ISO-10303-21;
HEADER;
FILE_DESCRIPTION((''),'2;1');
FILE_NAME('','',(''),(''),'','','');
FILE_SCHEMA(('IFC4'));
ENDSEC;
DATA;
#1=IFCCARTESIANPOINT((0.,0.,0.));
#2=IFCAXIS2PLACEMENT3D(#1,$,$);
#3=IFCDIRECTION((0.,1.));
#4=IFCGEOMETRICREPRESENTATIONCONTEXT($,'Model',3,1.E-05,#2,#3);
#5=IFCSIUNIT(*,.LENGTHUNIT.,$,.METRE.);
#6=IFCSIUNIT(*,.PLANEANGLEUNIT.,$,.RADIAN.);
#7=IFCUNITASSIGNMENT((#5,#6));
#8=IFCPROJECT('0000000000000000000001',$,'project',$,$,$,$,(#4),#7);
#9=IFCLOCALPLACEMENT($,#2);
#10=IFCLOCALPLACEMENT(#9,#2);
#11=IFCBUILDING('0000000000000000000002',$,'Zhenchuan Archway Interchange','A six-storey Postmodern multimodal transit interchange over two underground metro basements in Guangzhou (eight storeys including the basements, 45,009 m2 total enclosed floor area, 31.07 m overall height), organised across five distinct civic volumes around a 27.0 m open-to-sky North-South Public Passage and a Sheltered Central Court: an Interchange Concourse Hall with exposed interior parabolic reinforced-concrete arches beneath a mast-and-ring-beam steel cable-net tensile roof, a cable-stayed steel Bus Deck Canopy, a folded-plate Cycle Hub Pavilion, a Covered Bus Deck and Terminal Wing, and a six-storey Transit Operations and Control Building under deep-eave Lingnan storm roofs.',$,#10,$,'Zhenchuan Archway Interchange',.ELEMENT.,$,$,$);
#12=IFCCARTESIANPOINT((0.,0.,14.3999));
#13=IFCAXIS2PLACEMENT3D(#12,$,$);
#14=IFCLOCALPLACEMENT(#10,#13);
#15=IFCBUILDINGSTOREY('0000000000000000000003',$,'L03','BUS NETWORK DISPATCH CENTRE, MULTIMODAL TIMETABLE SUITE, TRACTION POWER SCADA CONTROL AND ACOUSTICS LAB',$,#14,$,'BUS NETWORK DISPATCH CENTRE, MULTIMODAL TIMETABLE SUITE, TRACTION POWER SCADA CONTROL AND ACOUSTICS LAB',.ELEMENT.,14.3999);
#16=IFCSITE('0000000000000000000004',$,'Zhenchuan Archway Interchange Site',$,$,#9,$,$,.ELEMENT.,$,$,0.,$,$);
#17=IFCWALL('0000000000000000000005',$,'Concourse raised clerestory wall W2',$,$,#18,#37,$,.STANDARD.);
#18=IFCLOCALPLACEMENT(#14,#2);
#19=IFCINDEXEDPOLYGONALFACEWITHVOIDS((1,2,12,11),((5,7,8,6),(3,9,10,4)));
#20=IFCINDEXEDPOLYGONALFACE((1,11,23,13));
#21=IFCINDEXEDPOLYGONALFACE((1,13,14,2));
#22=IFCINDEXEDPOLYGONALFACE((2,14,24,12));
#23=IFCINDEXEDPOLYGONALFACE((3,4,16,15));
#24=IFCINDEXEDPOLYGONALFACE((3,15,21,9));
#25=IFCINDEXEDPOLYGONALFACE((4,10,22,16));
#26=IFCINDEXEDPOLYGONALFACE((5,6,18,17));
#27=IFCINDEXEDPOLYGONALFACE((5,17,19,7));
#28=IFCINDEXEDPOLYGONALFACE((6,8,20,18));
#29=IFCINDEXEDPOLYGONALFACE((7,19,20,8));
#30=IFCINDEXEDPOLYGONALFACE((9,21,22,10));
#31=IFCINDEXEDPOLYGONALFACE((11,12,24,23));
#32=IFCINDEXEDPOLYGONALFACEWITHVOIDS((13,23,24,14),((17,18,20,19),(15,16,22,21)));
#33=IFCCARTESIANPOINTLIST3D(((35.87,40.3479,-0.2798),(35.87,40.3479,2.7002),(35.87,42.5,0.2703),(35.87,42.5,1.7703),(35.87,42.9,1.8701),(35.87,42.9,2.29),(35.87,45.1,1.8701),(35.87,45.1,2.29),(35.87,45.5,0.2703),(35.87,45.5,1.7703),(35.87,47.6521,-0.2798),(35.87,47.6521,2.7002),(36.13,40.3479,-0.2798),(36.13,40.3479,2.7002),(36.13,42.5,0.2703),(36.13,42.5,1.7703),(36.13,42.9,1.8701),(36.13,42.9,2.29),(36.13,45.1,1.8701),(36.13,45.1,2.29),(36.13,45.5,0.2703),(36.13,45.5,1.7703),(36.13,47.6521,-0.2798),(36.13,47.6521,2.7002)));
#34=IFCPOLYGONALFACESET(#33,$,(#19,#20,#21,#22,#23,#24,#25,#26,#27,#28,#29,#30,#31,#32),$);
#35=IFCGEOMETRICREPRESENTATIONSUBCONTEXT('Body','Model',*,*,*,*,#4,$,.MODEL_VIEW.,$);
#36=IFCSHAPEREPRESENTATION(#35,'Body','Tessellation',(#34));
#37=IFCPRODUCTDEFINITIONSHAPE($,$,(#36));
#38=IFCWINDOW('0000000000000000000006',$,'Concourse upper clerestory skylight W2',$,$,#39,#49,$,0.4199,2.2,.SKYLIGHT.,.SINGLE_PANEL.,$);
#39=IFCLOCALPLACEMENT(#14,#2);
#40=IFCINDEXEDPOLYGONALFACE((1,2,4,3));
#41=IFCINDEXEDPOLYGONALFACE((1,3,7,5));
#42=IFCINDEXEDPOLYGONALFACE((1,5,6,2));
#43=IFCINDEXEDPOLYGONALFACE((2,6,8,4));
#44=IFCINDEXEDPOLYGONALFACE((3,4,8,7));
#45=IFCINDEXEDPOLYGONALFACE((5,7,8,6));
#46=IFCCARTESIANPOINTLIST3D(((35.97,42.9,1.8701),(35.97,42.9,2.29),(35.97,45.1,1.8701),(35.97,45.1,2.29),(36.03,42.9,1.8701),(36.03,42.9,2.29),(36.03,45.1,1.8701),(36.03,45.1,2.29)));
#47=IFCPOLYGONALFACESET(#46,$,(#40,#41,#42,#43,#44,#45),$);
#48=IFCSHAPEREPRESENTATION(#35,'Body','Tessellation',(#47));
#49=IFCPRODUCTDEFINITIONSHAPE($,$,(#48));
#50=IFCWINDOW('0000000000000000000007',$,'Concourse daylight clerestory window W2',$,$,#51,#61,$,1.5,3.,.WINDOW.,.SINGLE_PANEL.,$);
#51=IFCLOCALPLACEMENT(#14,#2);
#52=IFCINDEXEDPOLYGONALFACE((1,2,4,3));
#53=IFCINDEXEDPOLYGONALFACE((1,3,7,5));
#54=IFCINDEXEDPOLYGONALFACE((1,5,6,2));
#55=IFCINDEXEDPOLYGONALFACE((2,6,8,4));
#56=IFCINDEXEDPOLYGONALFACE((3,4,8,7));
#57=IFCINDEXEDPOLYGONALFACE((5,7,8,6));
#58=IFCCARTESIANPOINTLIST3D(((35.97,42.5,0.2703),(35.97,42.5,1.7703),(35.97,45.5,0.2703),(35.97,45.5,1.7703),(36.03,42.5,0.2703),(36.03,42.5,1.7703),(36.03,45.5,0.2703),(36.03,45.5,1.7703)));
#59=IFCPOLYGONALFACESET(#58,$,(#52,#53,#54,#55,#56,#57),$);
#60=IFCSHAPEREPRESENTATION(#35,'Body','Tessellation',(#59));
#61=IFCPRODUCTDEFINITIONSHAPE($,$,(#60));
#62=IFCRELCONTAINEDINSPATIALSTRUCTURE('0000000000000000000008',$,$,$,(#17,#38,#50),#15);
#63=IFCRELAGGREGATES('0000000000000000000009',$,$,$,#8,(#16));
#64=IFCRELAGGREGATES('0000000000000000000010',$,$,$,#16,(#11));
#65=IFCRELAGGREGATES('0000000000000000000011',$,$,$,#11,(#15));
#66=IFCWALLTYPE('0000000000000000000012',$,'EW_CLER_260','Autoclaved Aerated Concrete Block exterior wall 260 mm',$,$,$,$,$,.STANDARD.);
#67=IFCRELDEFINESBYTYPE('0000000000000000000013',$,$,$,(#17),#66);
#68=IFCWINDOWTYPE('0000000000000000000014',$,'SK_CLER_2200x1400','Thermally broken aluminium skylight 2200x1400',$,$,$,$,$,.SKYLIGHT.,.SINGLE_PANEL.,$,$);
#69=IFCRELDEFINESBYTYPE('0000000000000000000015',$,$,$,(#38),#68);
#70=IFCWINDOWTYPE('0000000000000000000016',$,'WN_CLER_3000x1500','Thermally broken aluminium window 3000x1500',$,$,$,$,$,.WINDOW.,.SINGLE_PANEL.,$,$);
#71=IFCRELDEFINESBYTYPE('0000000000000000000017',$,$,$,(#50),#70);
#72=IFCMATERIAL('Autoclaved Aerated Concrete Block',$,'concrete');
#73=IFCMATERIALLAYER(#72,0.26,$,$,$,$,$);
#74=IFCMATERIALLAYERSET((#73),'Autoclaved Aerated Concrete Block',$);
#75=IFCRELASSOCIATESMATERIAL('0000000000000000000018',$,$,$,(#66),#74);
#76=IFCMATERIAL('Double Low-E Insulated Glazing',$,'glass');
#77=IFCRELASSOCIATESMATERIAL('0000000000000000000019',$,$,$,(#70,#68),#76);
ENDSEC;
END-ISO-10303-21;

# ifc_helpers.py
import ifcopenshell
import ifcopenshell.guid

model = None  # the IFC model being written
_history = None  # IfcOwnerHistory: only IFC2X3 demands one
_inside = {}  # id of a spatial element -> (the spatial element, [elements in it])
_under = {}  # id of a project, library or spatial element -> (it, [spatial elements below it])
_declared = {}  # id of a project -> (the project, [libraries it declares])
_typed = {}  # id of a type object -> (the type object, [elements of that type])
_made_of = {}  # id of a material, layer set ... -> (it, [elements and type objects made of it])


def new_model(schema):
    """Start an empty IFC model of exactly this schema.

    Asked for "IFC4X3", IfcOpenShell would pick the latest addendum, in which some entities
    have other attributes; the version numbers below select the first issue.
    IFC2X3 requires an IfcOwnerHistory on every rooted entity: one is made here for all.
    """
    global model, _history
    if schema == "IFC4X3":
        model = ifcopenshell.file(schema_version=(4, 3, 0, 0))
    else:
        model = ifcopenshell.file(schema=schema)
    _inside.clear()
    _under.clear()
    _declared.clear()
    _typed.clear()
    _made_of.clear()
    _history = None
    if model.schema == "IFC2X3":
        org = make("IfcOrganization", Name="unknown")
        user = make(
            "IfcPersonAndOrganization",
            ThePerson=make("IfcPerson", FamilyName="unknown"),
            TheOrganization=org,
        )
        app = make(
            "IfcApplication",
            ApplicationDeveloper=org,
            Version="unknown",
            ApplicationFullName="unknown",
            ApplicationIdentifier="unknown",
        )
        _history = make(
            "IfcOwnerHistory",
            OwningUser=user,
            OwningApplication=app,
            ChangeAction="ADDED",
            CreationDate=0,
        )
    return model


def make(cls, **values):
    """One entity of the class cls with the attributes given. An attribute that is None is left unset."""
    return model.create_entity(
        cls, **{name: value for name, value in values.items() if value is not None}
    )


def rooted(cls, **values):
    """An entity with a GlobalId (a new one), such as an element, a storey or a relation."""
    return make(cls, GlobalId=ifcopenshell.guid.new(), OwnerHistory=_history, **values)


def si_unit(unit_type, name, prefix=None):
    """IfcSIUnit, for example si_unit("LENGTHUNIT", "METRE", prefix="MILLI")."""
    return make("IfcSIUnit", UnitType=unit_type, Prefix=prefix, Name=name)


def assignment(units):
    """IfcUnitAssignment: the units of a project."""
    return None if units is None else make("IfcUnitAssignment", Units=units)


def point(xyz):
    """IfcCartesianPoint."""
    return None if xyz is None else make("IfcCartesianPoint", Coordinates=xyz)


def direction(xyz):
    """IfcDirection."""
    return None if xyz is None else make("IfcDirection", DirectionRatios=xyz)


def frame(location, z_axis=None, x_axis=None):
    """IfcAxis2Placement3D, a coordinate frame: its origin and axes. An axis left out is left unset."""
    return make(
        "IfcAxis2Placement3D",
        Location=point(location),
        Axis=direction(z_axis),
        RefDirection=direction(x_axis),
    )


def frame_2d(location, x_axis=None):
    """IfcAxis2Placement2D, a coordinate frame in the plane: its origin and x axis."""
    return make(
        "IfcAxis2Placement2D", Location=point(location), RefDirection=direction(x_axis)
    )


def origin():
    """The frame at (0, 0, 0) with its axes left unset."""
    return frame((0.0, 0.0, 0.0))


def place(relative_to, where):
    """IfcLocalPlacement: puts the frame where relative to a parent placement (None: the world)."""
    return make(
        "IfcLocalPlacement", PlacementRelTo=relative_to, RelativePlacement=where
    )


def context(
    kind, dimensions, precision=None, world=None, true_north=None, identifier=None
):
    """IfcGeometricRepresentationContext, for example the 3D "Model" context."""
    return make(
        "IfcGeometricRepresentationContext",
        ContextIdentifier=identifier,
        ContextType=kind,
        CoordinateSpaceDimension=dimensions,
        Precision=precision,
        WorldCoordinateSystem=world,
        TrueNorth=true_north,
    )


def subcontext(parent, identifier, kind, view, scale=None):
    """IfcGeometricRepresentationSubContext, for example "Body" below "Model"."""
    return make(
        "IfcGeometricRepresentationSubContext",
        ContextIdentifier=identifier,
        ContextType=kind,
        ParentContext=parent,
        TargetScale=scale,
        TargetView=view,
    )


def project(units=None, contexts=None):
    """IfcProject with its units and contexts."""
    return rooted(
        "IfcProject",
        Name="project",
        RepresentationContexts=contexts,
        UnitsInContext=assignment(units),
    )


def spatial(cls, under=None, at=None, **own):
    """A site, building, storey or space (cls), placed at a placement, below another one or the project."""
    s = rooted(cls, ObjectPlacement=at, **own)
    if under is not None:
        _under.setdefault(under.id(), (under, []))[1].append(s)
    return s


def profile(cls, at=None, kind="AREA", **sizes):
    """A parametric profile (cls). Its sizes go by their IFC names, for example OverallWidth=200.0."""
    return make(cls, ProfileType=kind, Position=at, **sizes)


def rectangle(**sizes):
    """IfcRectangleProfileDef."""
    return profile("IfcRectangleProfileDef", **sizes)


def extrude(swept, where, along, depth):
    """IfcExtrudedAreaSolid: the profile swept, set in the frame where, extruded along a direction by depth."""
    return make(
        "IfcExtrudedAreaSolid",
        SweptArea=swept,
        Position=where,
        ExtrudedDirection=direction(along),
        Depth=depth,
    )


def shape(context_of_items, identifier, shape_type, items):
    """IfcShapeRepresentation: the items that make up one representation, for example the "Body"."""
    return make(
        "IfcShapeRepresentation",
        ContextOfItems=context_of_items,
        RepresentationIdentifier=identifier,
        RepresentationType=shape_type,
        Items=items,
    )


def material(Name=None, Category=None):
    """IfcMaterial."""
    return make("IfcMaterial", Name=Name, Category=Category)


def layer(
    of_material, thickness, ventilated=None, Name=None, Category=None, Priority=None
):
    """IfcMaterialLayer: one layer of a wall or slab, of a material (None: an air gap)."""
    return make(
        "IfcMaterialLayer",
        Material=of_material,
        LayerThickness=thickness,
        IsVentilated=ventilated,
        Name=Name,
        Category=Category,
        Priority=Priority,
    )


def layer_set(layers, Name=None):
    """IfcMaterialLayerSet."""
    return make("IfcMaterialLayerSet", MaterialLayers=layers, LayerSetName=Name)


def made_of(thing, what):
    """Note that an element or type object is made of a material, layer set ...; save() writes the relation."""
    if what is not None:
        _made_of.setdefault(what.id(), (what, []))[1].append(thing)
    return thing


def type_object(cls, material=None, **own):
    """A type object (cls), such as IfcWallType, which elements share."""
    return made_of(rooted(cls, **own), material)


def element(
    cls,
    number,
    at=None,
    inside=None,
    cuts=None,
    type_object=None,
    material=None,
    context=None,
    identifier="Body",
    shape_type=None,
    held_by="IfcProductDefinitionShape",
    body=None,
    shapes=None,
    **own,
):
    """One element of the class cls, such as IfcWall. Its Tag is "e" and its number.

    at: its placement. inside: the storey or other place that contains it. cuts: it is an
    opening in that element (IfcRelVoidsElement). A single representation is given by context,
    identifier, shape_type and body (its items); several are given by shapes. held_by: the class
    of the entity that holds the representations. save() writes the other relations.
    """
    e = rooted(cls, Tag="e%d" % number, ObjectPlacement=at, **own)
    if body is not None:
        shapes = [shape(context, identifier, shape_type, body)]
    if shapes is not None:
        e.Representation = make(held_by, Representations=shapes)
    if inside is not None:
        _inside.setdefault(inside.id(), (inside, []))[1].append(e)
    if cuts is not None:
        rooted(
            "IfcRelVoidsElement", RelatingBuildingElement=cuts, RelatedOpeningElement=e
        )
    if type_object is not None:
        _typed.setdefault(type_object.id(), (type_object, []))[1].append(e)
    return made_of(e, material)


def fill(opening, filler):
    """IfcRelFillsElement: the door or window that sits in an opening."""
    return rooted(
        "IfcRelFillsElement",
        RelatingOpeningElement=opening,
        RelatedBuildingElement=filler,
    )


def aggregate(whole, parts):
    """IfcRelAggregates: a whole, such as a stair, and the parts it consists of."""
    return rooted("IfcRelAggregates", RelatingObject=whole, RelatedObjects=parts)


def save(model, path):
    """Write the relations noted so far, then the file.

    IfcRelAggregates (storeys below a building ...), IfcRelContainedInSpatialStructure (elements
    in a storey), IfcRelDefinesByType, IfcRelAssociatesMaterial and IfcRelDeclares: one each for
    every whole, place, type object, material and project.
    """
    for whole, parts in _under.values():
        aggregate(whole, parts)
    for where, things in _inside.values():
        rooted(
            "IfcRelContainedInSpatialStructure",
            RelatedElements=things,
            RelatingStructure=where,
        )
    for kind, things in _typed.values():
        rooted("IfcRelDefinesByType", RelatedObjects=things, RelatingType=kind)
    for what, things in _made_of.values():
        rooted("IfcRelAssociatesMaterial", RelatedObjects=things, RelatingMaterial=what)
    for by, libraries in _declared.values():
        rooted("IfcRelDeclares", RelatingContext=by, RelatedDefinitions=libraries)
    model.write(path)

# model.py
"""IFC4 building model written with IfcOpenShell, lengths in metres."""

from ifc_helpers import new_model, si_unit, direction, frame, frame_2d, origin, place, context, subcontext, project, spatial, rectangle, extrude, material, layer, layer_set, type_object, element, fill, save


model = new_model("IFC4")

# Units and contexts
model_context = context("Model", 3, precision=1e-05, world=origin(), true_north=direction((0.0, 1.0)))
body_context = subcontext(model_context, "Body", "Model", "MODEL_VIEW")
ifc_project = project(units=[si_unit("LENGTHUNIT", "METRE"), si_unit("PLANEANGLEUNIT", "RADIAN")], contexts=[model_context])

# Site, building, storey
site_placement = place(None, origin())
site = spatial("IfcSite", under=ifc_project, at=site_placement, Name="Zhenchuan Archway Interchange Site", CompositionType="ELEMENT", RefElevation=0.0)
building_placement = place(site_placement, origin())
building = spatial("IfcBuilding", under=site, at=building_placement, Name="Zhenchuan Archway Interchange", Description="A six-storey Postmodern multimodal transit interchange over two underground metro basements in Guangzhou (eight storeys including the basements, 45,009 m2 total enclosed floor area, 31.07 m overall height), organised across five distinct civic volumes around a 27.0 m open-to-sky North-South Public Passage and a Sheltered Central Court: an Interchange Concourse Hall with exposed interior parabolic reinforced-concrete arches beneath a mast-and-ring-beam steel cable-net tensile roof, a cable-stayed steel Bus Deck Canopy, a folded-plate Cycle Hub Pavilion, a Covered Bus Deck and Terminal Wing, and a six-storey Transit Operations and Control Building under deep-eave Lingnan storm roofs.", LongName="Zhenchuan Archway Interchange", CompositionType="ELEMENT")
storey_placement = place(building_placement, frame((0.0, 0.0, 14.3999)))
storey = spatial("IfcBuildingStorey", under=building, at=storey_placement, Name="L03", Description="BUS NETWORK DISPATCH CENTRE, MULTIMODAL TIMETABLE SUITE, TRACTION POWER SCADA CONTROL AND ACOUSTICS LAB", LongName="BUS NETWORK DISPATCH CENTRE, MULTIMODAL TIMETABLE SUITE, TRACTION POWER SCADA CONTROL AND ACOUSTICS LAB", CompositionType="ELEMENT", Elevation=14.3999)

# Shared definitions
ifc_material_1 = material(Name="Double Low-E Insulated Glazing", Category="glass")

# Wall, openings, windows
ifc_material_2 = material(Name="Autoclaved Aerated Concrete Block", Category="concrete")
ifc_layer_1 = layer(ifc_material_2, 0.26)
ifc_layer_set_1 = layer_set([ifc_layer_1], Name="Autoclaved Aerated Concrete Block")
wall_type = type_object("IfcWallType", Name="EW_CLER_260", Description="Autoclaved Aerated Concrete Block exterior wall 260 mm", PredefinedType="STANDARD", material=ifc_layer_set_1)
window_type_1 = type_object("IfcWindowType", Name="WN_CLER_3000x1500", Description="Thermally broken aluminium window 3000x1500", PartitioningType="SINGLE_PANEL", PredefinedType="WINDOW", material=ifc_material_1)
wall_1_placement = place(storey_placement, frame((36.0, 40.3479, -0.2798), z_axis=(0.0, 0.0, 1.0), x_axis=(0.0, 1.0, 0.0)))
wall_1 = element("IfcWall", 1, at=wall_1_placement, inside=storey, type_object=wall_type, Name="Concourse raised clerestory wall W2", PredefinedType="STANDARD", context=body_context, shape_type="SweptSolid", body=[
    extrude(rectangle(XDim=7.3042, YDim=0.26, at=frame_2d((3.6521, 0.0))), origin(), (0.0, 0.0, 1.0), 2.98),
])
opening_1_placement = place(wall_1_placement, frame((2.1521, 0.0, 0.55)))
opening_1 = element("IfcOpeningElement", 2, at=opening_1_placement, cuts=wall_1, PredefinedType="OPENING", context=body_context, shape_type="SweptSolid", body=[
    extrude(rectangle(XDim=3.0, YDim=1.5, at=frame_2d((1.5, 0.75))), frame((0.0, 0.1421, 0.0), z_axis=(0.0, -1.0, 0.0), x_axis=(1.0, 0.0, 0.0)), (0.0, 0.0, 1.0), 0.2839),
])
opening_2_placement = place(wall_1_placement, frame((2.552, 0.0, 2.1499)))
opening_2 = element("IfcOpeningElement", 3, at=opening_2_placement, cuts=wall_1, PredefinedType="OPENING", context=body_context, shape_type="SweptSolid", body=[
    extrude(rectangle(XDim=2.2, YDim=0.4199, at=frame_2d((1.1001, 0.21))), frame((0.0, 0.1421, 0.0), z_axis=(0.0, -1.0, 0.0), x_axis=(1.0, 0.0, 0.0)), (0.0, 0.0, 1.0), 0.2839),
])
window_type_2 = type_object("IfcWindowType", Name="SK_CLER_2200x1400", Description="Thermally broken aluminium skylight 2200x1400", PartitioningType="SINGLE_PANEL", PredefinedType="SKYLIGHT", material=ifc_material_1)
window_1_placement = place(opening_2_placement, origin())
window_1 = element("IfcWindow", 4, at=window_1_placement, inside=storey, type_object=window_type_2, Name="Concourse upper clerestory skylight W2", OverallHeight=0.4199, OverallWidth=2.2, PartitioningType="SINGLE_PANEL", PredefinedType="SKYLIGHT", context=body_context, shape_type="SweptSolid", body=[
    extrude(rectangle(XDim=2.2, YDim=0.4199, at=frame_2d((1.1001, 0.21))), frame((0.0, 0.03, 0.0), z_axis=(0.0, -1.0, 0.0), x_axis=(1.0, 0.0, 0.0)), (0.0, 0.0, 1.0), 0.0601),
])
fill(opening_2, window_1)
window_2_placement = place(opening_1_placement, origin())
window_2 = element("IfcWindow", 5, at=window_2_placement, inside=storey, type_object=window_type_1, Name="Concourse daylight clerestory window W2", OverallHeight=1.5, OverallWidth=3.0, PartitioningType="SINGLE_PANEL", PredefinedType="WINDOW", context=body_context, shape_type="SweptSolid", body=[
    extrude(rectangle(XDim=3.0, YDim=1.5, at=frame_2d((1.5, 0.75))), frame((0.0, 0.03, 0.0), z_axis=(0.0, -1.0, 0.0), x_axis=(1.0, 0.0, 0.0)), (0.0, 0.0, 1.0), 0.0601),
])
fill(opening_1, window_2)

save(model, "model.ifc")
